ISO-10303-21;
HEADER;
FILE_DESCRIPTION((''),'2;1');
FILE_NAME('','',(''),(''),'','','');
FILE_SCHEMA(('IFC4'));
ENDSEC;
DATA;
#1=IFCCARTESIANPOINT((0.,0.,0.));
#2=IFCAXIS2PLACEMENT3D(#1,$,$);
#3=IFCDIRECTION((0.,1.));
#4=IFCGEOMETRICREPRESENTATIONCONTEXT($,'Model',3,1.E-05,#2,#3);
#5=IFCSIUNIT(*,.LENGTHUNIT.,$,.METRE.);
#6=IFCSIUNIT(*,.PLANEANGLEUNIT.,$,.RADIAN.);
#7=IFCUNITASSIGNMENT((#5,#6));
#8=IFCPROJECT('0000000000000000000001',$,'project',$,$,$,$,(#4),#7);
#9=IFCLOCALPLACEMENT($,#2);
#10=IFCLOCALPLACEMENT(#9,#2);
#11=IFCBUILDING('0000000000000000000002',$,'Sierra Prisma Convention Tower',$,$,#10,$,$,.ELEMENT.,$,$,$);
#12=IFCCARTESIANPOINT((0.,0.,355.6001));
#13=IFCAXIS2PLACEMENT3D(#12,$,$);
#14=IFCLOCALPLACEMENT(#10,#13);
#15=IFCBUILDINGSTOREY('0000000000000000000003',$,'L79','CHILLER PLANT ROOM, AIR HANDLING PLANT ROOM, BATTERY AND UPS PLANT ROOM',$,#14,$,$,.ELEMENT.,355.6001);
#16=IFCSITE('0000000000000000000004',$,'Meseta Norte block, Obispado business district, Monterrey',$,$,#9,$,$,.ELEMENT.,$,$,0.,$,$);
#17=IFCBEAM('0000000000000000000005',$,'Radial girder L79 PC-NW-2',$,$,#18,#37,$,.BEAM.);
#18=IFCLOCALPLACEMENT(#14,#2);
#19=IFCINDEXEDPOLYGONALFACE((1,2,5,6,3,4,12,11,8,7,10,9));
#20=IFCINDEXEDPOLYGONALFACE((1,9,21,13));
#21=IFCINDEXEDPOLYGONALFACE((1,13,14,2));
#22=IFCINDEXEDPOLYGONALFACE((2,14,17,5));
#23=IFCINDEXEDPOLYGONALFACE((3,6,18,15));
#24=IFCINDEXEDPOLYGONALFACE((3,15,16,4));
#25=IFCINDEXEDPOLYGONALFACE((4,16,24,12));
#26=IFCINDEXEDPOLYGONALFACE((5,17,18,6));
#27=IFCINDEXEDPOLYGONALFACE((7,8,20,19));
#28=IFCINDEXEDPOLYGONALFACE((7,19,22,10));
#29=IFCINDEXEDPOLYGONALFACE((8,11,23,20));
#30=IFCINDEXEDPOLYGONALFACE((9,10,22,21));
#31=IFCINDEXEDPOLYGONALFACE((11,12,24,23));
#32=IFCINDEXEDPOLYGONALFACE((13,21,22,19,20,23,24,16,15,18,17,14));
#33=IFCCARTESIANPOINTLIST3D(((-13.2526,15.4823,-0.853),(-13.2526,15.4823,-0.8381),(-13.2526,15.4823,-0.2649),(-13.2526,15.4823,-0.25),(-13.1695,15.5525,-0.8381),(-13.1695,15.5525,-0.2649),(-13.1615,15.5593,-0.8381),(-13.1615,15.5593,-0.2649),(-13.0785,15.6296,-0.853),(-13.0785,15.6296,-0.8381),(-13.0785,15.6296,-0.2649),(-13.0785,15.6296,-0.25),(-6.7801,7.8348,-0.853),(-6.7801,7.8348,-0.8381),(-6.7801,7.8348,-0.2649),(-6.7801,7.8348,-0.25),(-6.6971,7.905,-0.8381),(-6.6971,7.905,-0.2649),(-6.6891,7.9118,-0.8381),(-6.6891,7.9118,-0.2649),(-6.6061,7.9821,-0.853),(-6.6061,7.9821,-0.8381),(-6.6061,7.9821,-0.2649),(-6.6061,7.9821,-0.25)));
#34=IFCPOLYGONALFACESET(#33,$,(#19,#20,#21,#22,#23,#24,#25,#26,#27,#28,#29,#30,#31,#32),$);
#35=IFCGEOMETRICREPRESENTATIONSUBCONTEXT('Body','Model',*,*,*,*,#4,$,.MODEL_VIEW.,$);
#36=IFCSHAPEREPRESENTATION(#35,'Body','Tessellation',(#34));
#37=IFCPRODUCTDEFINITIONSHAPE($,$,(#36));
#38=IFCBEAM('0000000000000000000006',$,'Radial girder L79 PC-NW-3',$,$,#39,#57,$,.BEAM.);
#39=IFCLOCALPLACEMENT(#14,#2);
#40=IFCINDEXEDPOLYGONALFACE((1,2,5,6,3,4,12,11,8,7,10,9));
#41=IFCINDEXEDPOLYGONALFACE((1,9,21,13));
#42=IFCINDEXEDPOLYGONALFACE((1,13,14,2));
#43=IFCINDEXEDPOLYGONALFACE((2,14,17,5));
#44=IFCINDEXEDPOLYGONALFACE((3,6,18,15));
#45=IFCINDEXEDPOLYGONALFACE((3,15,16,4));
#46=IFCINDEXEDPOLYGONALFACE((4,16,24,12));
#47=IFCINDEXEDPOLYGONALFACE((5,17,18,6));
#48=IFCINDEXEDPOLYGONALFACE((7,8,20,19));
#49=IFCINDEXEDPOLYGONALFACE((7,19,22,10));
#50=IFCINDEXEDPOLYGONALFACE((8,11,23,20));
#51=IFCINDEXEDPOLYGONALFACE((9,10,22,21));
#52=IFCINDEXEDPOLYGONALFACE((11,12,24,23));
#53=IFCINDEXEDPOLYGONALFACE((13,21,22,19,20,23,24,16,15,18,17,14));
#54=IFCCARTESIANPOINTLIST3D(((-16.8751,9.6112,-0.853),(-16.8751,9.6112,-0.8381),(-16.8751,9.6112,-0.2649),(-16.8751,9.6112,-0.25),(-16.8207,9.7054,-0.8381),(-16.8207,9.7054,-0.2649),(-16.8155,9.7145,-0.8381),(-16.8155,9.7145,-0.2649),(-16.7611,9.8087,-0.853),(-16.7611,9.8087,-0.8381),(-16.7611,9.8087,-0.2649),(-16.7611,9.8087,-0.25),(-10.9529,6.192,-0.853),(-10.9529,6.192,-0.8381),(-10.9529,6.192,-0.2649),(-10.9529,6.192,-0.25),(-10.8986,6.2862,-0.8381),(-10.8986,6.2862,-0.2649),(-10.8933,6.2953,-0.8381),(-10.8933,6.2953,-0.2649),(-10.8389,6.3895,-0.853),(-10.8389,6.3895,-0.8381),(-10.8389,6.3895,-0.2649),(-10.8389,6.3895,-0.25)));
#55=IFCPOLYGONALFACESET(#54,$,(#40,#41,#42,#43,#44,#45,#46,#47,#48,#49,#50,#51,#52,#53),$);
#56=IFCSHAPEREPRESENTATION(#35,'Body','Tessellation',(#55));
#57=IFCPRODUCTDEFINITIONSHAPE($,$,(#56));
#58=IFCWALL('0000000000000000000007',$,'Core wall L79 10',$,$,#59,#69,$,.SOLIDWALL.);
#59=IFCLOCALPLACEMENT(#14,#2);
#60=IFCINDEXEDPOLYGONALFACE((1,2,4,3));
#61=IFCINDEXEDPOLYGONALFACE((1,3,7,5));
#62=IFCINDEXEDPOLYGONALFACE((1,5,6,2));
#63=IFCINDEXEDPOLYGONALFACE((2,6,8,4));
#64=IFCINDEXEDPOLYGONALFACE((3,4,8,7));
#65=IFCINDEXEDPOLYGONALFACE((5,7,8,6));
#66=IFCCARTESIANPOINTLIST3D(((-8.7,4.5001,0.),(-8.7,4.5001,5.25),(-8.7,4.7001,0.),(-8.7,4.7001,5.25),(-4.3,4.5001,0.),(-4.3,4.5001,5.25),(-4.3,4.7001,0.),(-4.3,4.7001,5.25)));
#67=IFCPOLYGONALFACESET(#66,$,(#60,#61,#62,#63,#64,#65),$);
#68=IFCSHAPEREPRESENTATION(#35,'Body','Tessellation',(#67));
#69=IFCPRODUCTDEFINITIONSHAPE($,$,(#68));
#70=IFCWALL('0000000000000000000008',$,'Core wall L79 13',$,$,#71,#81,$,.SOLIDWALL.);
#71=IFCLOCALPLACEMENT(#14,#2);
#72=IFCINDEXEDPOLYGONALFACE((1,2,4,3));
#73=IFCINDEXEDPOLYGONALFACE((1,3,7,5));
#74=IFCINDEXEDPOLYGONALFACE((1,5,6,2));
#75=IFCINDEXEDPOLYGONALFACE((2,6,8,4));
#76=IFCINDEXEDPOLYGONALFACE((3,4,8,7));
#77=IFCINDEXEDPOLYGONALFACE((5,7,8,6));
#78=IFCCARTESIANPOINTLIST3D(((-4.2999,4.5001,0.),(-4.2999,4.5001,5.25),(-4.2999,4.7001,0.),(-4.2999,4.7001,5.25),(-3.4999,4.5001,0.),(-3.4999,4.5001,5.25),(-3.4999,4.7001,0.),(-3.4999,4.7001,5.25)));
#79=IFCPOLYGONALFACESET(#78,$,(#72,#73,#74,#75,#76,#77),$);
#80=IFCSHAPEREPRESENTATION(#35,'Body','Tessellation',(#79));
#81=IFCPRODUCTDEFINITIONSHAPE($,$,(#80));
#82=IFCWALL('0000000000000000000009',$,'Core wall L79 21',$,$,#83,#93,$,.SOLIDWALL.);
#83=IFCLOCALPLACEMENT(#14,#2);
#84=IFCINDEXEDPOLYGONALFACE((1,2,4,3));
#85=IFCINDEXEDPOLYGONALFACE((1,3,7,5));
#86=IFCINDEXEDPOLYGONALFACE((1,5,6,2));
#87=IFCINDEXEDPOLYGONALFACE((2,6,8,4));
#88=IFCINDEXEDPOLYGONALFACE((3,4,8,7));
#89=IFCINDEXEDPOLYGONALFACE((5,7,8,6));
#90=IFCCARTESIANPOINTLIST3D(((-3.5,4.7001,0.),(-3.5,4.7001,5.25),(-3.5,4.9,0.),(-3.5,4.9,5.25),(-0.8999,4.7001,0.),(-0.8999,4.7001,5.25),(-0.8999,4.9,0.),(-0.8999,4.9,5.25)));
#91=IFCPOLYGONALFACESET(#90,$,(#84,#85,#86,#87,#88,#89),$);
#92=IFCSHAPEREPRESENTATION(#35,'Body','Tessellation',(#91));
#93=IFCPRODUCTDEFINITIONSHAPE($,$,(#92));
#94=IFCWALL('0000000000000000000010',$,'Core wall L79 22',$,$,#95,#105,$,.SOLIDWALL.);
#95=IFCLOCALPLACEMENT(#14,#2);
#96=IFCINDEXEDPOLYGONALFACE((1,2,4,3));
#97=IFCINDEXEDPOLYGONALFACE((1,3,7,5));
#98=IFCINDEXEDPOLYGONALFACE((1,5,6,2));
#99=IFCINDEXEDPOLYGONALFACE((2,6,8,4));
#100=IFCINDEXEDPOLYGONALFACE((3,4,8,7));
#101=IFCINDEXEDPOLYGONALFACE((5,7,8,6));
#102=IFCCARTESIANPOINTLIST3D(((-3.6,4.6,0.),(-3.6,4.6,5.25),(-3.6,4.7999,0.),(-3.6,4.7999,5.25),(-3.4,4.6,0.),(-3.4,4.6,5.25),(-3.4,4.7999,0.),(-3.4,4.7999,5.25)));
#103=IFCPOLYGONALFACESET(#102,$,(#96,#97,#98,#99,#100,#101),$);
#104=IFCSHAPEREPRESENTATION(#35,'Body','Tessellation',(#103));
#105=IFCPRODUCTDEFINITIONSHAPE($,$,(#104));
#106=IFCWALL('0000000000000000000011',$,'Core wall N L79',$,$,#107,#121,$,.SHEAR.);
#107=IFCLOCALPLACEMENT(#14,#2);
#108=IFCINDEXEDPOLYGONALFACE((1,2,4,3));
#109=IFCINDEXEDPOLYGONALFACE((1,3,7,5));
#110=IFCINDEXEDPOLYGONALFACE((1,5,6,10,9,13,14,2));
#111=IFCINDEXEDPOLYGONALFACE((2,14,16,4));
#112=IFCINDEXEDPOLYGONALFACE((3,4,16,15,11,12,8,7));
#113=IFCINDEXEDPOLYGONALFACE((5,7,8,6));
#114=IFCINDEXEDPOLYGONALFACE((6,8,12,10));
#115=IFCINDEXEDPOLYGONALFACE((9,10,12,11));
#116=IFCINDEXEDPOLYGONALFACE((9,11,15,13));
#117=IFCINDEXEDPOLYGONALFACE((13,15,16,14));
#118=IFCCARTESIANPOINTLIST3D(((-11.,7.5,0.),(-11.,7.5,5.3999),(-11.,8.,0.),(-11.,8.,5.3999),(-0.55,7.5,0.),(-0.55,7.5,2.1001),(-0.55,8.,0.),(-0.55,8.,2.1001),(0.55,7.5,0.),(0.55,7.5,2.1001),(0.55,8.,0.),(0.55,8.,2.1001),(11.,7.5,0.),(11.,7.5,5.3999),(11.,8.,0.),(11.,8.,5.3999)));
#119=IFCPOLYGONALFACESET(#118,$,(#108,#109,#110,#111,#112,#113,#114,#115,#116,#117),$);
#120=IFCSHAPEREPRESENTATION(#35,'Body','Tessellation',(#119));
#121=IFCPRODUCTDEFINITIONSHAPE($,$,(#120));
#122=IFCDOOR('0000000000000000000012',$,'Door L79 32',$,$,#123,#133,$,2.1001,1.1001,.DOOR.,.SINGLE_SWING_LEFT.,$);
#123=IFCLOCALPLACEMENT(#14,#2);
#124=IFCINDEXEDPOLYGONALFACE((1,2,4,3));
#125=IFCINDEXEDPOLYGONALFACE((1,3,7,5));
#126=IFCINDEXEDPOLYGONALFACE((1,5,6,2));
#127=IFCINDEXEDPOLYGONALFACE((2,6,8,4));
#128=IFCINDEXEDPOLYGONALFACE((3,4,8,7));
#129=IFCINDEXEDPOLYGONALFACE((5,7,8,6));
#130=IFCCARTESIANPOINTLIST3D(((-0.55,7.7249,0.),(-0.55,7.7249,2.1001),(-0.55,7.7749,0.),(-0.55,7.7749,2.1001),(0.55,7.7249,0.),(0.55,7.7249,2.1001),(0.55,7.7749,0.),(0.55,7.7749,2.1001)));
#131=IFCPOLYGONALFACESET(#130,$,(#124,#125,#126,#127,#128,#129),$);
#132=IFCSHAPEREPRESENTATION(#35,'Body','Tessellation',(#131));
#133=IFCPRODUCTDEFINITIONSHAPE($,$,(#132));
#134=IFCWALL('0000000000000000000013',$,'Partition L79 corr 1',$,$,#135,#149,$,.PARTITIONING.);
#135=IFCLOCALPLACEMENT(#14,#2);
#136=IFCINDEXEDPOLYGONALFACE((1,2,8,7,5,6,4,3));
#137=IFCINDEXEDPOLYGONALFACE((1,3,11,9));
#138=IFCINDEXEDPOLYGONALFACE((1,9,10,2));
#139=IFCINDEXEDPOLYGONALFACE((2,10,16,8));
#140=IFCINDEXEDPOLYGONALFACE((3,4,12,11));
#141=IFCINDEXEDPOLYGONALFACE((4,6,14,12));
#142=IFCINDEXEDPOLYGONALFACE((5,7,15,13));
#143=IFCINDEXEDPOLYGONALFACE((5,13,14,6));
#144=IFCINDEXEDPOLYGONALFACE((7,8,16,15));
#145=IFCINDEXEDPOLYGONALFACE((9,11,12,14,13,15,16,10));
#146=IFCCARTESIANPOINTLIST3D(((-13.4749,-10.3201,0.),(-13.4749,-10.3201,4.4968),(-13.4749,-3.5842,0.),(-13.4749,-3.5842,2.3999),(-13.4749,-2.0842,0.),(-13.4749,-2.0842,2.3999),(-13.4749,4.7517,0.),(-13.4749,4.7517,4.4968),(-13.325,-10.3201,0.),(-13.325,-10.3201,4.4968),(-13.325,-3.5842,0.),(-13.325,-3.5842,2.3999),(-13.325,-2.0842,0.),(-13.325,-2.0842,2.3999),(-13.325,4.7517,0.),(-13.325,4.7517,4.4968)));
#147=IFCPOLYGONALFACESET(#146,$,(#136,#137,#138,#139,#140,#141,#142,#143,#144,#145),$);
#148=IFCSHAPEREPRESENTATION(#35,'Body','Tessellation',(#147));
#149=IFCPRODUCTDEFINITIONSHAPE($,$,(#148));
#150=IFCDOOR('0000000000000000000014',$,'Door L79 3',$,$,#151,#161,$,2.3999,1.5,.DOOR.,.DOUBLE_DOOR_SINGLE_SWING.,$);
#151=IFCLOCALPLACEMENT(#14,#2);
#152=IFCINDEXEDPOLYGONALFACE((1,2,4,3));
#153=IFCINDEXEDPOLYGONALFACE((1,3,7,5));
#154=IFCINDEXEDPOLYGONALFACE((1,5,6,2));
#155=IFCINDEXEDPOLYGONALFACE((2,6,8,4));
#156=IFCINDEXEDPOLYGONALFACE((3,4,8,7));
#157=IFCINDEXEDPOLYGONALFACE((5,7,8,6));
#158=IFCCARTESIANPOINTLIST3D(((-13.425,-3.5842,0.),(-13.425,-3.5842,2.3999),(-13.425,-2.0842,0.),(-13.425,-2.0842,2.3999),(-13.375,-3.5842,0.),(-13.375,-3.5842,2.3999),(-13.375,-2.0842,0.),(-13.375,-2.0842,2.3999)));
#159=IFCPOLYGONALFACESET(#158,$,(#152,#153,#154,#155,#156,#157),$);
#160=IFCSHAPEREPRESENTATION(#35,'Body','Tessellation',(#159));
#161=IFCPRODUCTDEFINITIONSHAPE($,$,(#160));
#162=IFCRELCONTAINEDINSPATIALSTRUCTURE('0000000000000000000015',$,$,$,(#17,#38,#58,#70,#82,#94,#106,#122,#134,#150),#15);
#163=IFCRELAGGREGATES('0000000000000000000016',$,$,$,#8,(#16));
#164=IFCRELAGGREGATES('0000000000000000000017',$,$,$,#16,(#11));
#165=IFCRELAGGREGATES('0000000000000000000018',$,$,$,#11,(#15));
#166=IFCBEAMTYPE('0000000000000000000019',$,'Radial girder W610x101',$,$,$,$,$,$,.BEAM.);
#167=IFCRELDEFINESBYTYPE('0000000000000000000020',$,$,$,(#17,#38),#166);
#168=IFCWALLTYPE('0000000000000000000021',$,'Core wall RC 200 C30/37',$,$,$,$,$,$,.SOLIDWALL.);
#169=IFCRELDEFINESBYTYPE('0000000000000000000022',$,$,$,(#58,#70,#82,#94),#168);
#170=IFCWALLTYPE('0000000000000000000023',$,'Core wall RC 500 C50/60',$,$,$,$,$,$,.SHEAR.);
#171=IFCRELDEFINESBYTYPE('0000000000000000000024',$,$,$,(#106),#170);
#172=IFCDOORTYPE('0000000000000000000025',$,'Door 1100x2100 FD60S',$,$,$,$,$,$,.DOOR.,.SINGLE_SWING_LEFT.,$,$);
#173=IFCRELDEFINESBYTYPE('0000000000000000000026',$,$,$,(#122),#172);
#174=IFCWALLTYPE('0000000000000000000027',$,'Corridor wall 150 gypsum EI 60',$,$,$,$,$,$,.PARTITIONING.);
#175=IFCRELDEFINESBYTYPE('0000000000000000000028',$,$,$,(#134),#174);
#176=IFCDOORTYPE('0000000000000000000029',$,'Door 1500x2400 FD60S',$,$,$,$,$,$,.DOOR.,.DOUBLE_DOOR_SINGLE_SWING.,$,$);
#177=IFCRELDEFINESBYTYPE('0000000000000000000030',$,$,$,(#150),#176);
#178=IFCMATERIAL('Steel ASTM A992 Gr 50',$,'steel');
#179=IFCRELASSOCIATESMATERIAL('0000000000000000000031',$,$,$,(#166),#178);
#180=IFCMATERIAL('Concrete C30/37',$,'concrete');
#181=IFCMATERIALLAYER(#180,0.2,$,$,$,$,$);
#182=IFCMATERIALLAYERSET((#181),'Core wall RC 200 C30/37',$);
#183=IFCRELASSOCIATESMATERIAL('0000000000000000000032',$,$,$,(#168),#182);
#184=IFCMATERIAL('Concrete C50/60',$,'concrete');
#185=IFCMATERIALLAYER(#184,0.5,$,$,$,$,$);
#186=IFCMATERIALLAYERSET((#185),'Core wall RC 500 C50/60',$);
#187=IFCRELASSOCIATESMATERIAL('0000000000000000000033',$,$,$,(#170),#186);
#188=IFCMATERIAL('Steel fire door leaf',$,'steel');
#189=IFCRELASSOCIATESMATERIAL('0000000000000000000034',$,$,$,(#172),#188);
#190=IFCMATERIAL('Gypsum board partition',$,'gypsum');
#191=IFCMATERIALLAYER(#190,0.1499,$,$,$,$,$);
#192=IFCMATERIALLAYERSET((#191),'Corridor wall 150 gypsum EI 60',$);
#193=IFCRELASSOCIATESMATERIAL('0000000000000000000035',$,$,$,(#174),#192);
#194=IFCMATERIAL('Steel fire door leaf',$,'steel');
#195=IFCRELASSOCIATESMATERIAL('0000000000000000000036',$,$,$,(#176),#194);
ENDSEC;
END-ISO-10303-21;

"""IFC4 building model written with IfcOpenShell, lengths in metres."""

from ifc_helpers import new_model, si_unit, direction, frame, frame_2d, origin, origin_2d, place, context, subcontext, project, spatial, rectangle, i_section, extrude, material, layer, layer_set, material_profile, profile_set, type_object, element, fill, save


model = new_model("IFC4")

# Units and contexts
model_context = context("Model", 3, precision=1e-05, world=origin(), true_north=direction((0.0, 1.0)))
body_context = subcontext(model_context, "Body", "Model", "MODEL_VIEW")
ifc_project = project(units=[si_unit("LENGTHUNIT", "METRE"), si_unit("PLANEANGLEUNIT", "RADIAN")], contexts=[model_context])

# Site, building, storey
site_placement = place(None, origin())
site = spatial("IfcSite", under=ifc_project, at=site_placement, Name="Meseta Norte block, Obispado business district, Monterrey", CompositionType="ELEMENT", RefElevation=0.0)
building_placement = place(site_placement, origin())
building = spatial("IfcBuilding", under=site, at=building_placement, Name="Sierra Prisma Convention Tower", CompositionType="ELEMENT")
storey_placement = place(building_placement, frame((0.0, 0.0, 355.6001)))
storey = spatial("IfcBuildingStorey", under=building, at=storey_placement, Name="L79", Description="CHILLER PLANT ROOM, AIR HANDLING PLANT ROOM, BATTERY AND UPS PLANT ROOM", CompositionType="ELEMENT", Elevation=355.6001)

# Beams
ifc_material_1 = material(Name="Steel ASTM A992 Gr 50", Category="steel")
ifc_material_profile_1 = material_profile(ifc_material_1, i_section(OverallWidth=0.228, OverallDepth=0.603, WebThickness=0.0105, FlangeThickness=0.0149, at=origin_2d()), Name="W610x101")
ifc_profile_set_1 = profile_set([ifc_material_profile_1], Name="Steel ASTM A992 Gr 50")
beam_type_1 = type_object("IfcBeamType", Name="Radial girder W610x101", PredefinedType="BEAM", material=ifc_profile_set_1)
beam_1_placement = place(storey_placement, frame((-13.1655, 15.5559, -0.5515), z_axis=(0.646029, -0.763313, 0.0), x_axis=(0.763313, 0.646029, 0.0)))
element("IfcBeam", 1, at=beam_1_placement, inside=storey, type_object=beam_type_1, Name="Radial girder L79 PC-NW-2", PredefinedType="BEAM", context=body_context, shape_type="SweptSolid", body=[
    extrude(i_section(OverallWidth=0.228, OverallDepth=0.603, WebThickness=0.0105, FlangeThickness=0.0149, at=origin_2d()), origin(), (0.0, 0.0, 1.0), 10.0188),
])
beam_2_placement = place(storey_placement, frame((-16.8181, 9.71, -0.5515), z_axis=(0.866022, -0.500006, 0.0), x_axis=(0.500006, 0.866022, 0.0)))
element("IfcBeam", 2, at=beam_2_placement, inside=storey, type_object=beam_type_1, Name="Radial girder L79 PC-NW-3", PredefinedType="BEAM", context=body_context, shape_type="SweptSolid", body=[
    extrude(i_section(OverallWidth=0.228, OverallDepth=0.603, WebThickness=0.0105, FlangeThickness=0.0149, at=origin_2d()), origin(), (0.0, 0.0, 1.0), 6.8384),
])

# Walls
ifc_material_2 = material(Name="Concrete C30/37", Category="concrete")
ifc_layer_1 = layer(ifc_material_2, 0.2)
ifc_layer_set_1 = layer_set([ifc_layer_1], Name="Core wall RC 200 C30/37")
wall_type_1 = type_object("IfcWallType", Name="Core wall RC 200 C30/37", PredefinedType="SOLIDWALL", material=ifc_layer_set_1)
wall_1_placement = place(storey_placement, frame((-4.3, 4.6001, 0.0), z_axis=(0.0, 0.0, 1.0), x_axis=(-1.0, 0.0, 0.0)))
element("IfcWall", 3, at=wall_1_placement, inside=storey, type_object=wall_type_1, Name="Core wall L79 10", PredefinedType="SOLIDWALL", context=body_context, shape_type="SweptSolid", body=[
    extrude(rectangle(XDim=4.3999, YDim=0.2, at=frame_2d((2.2, 0.0))), origin(), (0.0, 0.0, 1.0), 5.25),
])
wall_2_placement = place(storey_placement, frame((-3.5, 4.6001, 0.0), z_axis=(0.0, 0.0, 1.0), x_axis=(-1.0, 0.0, 0.0)))
element("IfcWall", 4, at=wall_2_placement, inside=storey, type_object=wall_type_1, Name="Core wall L79 13", PredefinedType="SOLIDWALL", context=body_context, shape_type="SweptSolid", body=[
    extrude(rectangle(XDim=0.8, YDim=0.2, at=frame_2d((0.3999, 0.0))), origin(), (0.0, 0.0, 1.0), 5.25),
])

# Walls
wall_3_placement = place(storey_placement, frame((-0.8999, 4.8, 0.0), z_axis=(0.0, 0.0, 1.0), x_axis=(-1.0, 0.0, 0.0)))
element("IfcWall", 5, at=wall_3_placement, inside=storey, type_object=wall_type_1, Name="Core wall L79 21", PredefinedType="SOLIDWALL", context=body_context, shape_type="SweptSolid", body=[
    extrude(rectangle(XDim=2.6001, YDim=0.2, at=frame_2d((1.3, 0.0))), origin(), (0.0, 0.0, 1.0), 5.25),
])
wall_4_placement = place(storey_placement, frame((-3.5, 4.8, 0.0), z_axis=(0.0, 0.0, 1.0), x_axis=(0.0, -1.0, 0.0)))
element("IfcWall", 6, at=wall_4_placement, inside=storey, type_object=wall_type_1, Name="Core wall L79 22", PredefinedType="SOLIDWALL", context=body_context, shape_type="SweptSolid", body=[
    extrude(rectangle(XDim=0.2, YDim=0.2, at=frame_2d((0.1001, 0.0))), origin(), (0.0, 0.0, 1.0), 5.25),
])

# Walls, openings, doors
ifc_material_3 = material(Name="Concrete C50/60", Category="concrete")
ifc_layer_2 = layer(ifc_material_3, 0.5)
ifc_layer_set_2 = layer_set([ifc_layer_2], Name="Core wall RC 500 C50/60")
wall_type_2 = type_object("IfcWallType", Name="Core wall RC 500 C50/60", PredefinedType="SHEAR", material=ifc_layer_set_2)
wall_5_placement = place(storey_placement, frame((-11.0, 7.75, 0.0), z_axis=(0.0, 0.0, 1.0), x_axis=(1.0, 0.0, 0.0)))
wall_5 = element("IfcWall", 7, at=wall_5_placement, inside=storey, type_object=wall_type_2, Name="Core wall N L79", PredefinedType="SHEAR", context=body_context, shape_type="SweptSolid", body=[
    extrude(rectangle(XDim=22.0, YDim=0.5, at=frame_2d((11.0, 0.0))), origin(), (0.0, 0.0, 1.0), 5.3999),
])
opening_1_placement = place(wall_5_placement, frame((10.45, 0.0, 0.0)))
opening_1 = element("IfcOpeningElement", 8, at=opening_1_placement, cuts=wall_5, PredefinedType="OPENING", context=body_context, shape_type="SweptSolid", body=[
    extrude(rectangle(XDim=1.1001, YDim=2.1001, at=frame_2d((0.55, 1.05))), frame((0.0, 0.25, 0.0), z_axis=(0.0, -1.0, 0.0), x_axis=(1.0, 0.0, 0.0)), (0.0, 0.0, 1.0), 0.5),
])
ifc_material_4 = material(Name="Steel fire door leaf", Category="steel")
door_type_1 = type_object("IfcDoorType", Name="Door 1100x2100 FD60S", OperationType="SINGLE_SWING_LEFT", PredefinedType="DOOR", material=ifc_material_4)
door_1_placement = place(opening_1_placement, origin())
door_1 = element("IfcDoor", 9, at=door_1_placement, inside=storey, type_object=door_type_1, Name="Door L79 32", OperationType="SINGLE_SWING_LEFT", OverallHeight=2.1001, OverallWidth=1.1001, PredefinedType="DOOR", context=body_context, shape_type="SweptSolid", body=[
    extrude(rectangle(XDim=1.1001, YDim=2.1001, at=frame_2d((0.55, 1.05))), frame((0.0, 0.0249, 0.0), z_axis=(0.0, -1.0, 0.0), x_axis=(1.0, 0.0, 0.0)), (0.0, 0.0, 1.0), 0.05),
])
fill(opening_1, door_1)
ifc_material_5 = material(Name="Gypsum board partition", Category="gypsum")
ifc_layer_3 = layer(ifc_material_5, 0.1499)
ifc_layer_set_3 = layer_set([ifc_layer_3], Name="Corridor wall 150 gypsum EI 60")
wall_type_3 = type_object("IfcWallType", Name="Corridor wall 150 gypsum EI 60", PredefinedType="PARTITIONING", material=ifc_layer_set_3)
wall_6_placement = place(storey_placement, frame((-13.3999, 4.7517, 0.0), z_axis=(0.0, 0.0, 1.0), x_axis=(0.0, -1.0, 0.0)))
wall_6 = element("IfcWall", 10, at=wall_6_placement, inside=storey, type_object=wall_type_3, Name="Partition L79 corr 1", PredefinedType="PARTITIONING", context=body_context, shape_type="SweptSolid", body=[
    extrude(rectangle(XDim=15.0718, YDim=0.1499, at=frame_2d((7.5359, 0.0))), origin(), (0.0, 0.0, 1.0), 4.4968),
])
opening_2_placement = place(wall_6_placement, frame((6.8359, 0.0, 0.0)))
opening_2 = element("IfcOpeningElement", 11, at=opening_2_placement, cuts=wall_6, PredefinedType="OPENING", context=body_context, shape_type="SweptSolid", body=[
    extrude(rectangle(XDim=1.5, YDim=2.3999, at=frame_2d((0.75, 1.2))), frame((0.0, 0.075, 0.0), z_axis=(0.0, -1.0, 0.0), x_axis=(1.0, 0.0, 0.0)), (0.0, 0.0, 1.0), 0.1499),
])
ifc_material_6 = material(Name="Steel fire door leaf", Category="steel")
door_type_2 = type_object("IfcDoorType", Name="Door 1500x2400 FD60S", OperationType="DOUBLE_DOOR_SINGLE_SWING", PredefinedType="DOOR", material=ifc_material_6)
door_2_placement = place(opening_2_placement, origin())
door_2 = element("IfcDoor", 12, at=door_2_placement, inside=storey, type_object=door_type_2, Name="Door L79 3", OperationType="DOUBLE_DOOR_SINGLE_SWING", OverallHeight=2.3999, OverallWidth=1.5, PredefinedType="DOOR", context=body_context, shape_type="SweptSolid", body=[
    extrude(rectangle(XDim=1.5, YDim=2.3999, at=frame_2d((0.75, 1.2))), frame((0.0, 0.0249, 0.0), z_axis=(0.0, -1.0, 0.0), x_axis=(1.0, 0.0, 0.0)), (0.0, 0.0, 1.0), 0.05),
])
fill(opening_2, door_2)

save(model, "model.ifc")
